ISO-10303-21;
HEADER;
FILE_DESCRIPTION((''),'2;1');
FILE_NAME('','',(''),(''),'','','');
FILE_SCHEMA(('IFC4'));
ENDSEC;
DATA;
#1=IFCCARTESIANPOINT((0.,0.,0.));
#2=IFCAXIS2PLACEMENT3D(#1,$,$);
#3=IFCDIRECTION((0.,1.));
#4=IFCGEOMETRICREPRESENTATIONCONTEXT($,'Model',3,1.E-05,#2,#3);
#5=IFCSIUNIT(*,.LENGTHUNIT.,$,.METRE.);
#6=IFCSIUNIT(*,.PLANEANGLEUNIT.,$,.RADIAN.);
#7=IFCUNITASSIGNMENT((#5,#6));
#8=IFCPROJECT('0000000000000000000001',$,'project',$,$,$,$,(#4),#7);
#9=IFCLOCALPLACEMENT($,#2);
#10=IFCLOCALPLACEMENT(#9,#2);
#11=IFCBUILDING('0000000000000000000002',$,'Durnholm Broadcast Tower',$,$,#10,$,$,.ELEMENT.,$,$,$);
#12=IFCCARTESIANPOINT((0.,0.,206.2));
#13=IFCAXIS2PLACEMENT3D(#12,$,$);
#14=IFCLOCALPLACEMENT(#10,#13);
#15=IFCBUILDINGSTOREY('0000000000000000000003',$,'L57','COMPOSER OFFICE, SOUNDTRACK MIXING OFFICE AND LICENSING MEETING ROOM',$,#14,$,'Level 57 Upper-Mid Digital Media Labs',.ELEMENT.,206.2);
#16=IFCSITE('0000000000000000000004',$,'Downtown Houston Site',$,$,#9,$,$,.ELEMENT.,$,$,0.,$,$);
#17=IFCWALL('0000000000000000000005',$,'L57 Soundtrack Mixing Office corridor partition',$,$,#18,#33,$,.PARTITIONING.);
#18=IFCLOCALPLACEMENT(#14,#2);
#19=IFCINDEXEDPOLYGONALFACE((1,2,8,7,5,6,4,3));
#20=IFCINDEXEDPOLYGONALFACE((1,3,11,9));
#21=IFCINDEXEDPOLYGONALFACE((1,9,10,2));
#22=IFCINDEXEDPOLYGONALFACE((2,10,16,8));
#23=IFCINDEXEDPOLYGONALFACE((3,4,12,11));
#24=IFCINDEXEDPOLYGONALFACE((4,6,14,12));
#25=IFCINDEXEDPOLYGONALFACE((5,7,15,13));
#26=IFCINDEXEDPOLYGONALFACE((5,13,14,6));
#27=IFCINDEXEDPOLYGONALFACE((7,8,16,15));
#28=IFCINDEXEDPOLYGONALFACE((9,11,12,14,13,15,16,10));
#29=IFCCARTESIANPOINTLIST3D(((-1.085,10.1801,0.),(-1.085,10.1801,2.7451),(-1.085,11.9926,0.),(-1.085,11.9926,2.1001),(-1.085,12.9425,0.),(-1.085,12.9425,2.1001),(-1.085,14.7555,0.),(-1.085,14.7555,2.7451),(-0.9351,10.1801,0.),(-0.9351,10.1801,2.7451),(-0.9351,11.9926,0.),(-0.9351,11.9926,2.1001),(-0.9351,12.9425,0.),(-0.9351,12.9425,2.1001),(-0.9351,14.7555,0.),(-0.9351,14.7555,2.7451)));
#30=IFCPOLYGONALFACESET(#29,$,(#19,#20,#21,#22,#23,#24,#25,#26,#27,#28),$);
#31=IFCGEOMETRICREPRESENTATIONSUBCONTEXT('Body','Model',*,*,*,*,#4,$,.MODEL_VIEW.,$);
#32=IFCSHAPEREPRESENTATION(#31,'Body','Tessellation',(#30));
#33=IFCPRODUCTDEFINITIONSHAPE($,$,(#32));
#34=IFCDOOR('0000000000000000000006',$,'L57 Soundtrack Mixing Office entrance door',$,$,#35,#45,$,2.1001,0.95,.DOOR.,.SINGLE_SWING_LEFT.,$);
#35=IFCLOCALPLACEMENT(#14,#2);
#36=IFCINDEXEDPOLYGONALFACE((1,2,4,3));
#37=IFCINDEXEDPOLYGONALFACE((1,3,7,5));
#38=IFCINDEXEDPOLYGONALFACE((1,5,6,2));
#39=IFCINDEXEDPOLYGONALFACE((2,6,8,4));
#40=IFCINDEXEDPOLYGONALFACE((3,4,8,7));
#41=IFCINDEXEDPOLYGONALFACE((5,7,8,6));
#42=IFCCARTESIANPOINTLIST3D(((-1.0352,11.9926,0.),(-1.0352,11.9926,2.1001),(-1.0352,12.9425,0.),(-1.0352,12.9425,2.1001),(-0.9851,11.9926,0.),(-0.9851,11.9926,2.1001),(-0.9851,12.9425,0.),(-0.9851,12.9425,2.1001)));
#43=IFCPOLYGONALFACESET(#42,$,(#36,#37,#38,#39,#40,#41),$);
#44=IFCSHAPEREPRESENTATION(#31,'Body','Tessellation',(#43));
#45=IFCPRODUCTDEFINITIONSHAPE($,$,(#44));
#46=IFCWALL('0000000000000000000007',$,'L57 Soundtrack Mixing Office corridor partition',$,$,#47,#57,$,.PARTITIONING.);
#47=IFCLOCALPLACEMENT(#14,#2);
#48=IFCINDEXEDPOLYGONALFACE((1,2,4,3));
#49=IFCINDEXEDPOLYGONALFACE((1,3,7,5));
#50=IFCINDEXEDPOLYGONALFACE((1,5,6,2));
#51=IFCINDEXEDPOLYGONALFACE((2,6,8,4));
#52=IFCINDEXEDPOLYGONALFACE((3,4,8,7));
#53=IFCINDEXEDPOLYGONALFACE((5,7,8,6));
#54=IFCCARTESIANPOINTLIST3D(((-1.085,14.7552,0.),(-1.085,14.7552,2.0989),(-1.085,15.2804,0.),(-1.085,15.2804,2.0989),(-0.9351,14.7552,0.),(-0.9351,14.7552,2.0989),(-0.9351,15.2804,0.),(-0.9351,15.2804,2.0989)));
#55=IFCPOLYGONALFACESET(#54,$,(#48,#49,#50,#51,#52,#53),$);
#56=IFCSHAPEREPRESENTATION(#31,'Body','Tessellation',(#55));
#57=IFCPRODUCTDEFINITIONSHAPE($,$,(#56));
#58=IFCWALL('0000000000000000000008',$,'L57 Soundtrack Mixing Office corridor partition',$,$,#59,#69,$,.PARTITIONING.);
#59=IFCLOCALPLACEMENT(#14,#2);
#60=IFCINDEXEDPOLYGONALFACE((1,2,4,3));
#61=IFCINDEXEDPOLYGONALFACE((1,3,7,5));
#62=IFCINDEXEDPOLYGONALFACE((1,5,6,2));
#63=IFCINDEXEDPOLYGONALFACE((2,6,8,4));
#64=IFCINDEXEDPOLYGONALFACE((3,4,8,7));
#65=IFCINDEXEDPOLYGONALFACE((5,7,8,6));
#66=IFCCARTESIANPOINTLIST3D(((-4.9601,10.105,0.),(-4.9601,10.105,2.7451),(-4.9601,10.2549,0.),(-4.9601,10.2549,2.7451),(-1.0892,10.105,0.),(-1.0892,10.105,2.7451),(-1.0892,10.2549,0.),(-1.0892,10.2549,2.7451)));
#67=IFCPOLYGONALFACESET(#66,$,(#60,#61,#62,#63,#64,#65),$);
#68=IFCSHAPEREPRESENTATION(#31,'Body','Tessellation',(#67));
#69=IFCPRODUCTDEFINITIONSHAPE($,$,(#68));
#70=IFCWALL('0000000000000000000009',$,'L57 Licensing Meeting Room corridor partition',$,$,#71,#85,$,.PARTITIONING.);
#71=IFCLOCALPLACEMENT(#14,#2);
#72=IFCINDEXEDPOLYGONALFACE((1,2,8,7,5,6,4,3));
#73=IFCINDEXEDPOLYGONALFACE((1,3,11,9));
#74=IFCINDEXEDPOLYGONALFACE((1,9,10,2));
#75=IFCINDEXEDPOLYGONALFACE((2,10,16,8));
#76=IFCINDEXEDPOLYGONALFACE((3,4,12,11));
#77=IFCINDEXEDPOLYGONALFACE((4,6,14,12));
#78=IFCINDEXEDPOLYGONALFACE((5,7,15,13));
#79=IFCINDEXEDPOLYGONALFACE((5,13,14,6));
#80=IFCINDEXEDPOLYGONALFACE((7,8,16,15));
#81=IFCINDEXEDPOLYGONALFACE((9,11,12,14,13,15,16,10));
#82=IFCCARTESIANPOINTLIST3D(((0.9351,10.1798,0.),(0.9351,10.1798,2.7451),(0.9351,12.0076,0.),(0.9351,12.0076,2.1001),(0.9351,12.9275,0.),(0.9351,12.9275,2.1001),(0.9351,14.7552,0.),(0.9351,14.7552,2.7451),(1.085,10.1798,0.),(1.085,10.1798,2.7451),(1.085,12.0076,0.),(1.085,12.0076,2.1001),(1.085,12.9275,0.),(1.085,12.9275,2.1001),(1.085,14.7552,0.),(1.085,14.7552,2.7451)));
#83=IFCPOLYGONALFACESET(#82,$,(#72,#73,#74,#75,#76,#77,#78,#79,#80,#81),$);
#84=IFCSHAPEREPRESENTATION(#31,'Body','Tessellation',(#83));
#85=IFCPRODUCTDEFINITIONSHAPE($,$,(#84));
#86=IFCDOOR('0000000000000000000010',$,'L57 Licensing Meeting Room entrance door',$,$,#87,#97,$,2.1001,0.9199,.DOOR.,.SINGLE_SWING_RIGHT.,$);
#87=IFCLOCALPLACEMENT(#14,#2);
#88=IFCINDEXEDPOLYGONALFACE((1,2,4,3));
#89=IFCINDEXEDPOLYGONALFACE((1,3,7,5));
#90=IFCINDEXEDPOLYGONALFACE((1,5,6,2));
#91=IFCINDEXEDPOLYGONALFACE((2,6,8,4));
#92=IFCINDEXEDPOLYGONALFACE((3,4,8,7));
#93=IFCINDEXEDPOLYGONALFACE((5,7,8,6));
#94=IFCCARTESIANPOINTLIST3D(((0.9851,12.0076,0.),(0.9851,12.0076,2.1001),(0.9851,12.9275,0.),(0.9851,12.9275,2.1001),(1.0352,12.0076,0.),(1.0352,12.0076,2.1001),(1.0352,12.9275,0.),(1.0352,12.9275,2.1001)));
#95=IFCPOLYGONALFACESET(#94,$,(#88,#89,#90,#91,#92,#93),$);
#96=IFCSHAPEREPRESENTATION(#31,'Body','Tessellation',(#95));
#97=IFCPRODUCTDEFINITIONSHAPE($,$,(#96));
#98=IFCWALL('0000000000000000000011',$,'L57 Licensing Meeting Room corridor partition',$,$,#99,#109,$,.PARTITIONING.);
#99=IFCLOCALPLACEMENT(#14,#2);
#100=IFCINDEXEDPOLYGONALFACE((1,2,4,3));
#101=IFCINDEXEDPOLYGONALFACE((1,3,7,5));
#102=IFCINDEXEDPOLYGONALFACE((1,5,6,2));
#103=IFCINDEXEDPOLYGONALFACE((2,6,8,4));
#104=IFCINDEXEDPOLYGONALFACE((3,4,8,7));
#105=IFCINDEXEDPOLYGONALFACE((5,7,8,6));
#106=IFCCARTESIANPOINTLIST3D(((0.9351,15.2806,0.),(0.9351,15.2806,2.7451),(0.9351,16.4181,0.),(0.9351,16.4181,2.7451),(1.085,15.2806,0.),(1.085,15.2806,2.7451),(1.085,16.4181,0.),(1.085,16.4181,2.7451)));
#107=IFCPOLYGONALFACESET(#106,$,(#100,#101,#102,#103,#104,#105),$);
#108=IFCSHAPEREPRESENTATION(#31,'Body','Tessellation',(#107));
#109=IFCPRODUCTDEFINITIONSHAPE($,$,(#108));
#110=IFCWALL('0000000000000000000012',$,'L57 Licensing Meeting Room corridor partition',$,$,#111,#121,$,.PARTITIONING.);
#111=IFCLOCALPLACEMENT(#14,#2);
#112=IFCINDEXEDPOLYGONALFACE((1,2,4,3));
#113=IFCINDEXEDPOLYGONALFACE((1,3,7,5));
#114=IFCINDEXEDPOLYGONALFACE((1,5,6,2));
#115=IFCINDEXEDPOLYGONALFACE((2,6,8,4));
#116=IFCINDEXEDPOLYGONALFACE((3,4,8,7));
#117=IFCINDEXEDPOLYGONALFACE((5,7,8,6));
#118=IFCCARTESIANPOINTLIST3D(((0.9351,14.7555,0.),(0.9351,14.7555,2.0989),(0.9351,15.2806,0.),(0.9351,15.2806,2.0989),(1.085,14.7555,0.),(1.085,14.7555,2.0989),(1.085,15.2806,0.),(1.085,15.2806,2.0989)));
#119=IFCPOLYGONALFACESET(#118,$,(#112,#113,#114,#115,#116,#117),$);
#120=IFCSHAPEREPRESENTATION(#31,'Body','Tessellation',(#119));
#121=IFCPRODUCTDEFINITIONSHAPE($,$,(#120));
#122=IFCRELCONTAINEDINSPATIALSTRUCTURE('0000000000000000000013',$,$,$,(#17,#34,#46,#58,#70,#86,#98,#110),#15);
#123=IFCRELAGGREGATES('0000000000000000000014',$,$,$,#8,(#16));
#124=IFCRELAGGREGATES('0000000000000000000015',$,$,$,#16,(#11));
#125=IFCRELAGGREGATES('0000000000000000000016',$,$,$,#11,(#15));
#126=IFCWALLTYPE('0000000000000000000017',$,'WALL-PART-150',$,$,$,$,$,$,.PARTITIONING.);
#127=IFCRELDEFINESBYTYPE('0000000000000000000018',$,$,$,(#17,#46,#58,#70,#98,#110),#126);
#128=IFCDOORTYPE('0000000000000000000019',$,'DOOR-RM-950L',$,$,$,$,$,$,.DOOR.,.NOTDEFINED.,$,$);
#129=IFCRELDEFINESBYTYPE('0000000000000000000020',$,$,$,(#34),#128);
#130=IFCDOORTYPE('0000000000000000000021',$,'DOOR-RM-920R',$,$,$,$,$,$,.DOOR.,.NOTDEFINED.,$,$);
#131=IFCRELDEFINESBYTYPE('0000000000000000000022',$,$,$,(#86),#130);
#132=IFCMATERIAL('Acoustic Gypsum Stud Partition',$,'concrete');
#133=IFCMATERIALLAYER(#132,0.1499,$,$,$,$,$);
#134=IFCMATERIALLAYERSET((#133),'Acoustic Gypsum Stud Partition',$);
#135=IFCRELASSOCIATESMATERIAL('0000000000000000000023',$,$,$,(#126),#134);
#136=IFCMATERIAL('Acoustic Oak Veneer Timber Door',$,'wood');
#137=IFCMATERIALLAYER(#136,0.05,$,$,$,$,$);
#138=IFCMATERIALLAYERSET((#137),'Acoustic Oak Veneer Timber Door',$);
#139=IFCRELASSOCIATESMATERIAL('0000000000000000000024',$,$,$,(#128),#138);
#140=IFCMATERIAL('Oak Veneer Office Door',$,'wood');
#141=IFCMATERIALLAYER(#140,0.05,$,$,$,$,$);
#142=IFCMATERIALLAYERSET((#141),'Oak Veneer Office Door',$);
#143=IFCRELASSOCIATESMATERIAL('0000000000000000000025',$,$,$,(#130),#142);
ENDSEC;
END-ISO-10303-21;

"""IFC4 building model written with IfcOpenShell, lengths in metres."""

from ifc_helpers import new_model, si_unit, direction, frame, frame_2d, origin, place, context, subcontext, project, spatial, rectangle, extrude, source, transform, mapped, material, layer, layer_set, type_object, type_shapes, element, fill, save


model = new_model("IFC4")

# Units and contexts
model_context = context("Model", 3, precision=1e-05, world=origin(), true_north=direction((0.0, 1.0)))
body_context = subcontext(model_context, "Body", "Model", "MODEL_VIEW")
ifc_project = project(units=[si_unit("LENGTHUNIT", "METRE"), si_unit("PLANEANGLEUNIT", "RADIAN")], contexts=[model_context])

# Site, building, storey
site_placement = place(None, origin())
site = spatial("IfcSite", under=ifc_project, at=site_placement, Name="Downtown Houston Site", CompositionType="ELEMENT", RefElevation=0.0)
building_placement = place(site_placement, origin())
building = spatial("IfcBuilding", under=site, at=building_placement, Name="Durnholm Broadcast Tower", CompositionType="ELEMENT")
storey_placement = place(building_placement, frame((0.0, 0.0, 206.2)))
storey = spatial("IfcBuildingStorey", under=building, at=storey_placement, Name="L57", Description="COMPOSER OFFICE, SOUNDTRACK MIXING OFFICE AND LICENSING MEETING ROOM", LongName="Level 57 Upper-Mid Digital Media Labs", CompositionType="ELEMENT", Elevation=206.2)

# Shared definitions
ifc_material_1 = material(Name="Acoustic Gypsum Stud Partition", Category="concrete")
ifc_layer_1 = layer(ifc_material_1, 0.1499)
ifc_layer_set_1 = layer_set([ifc_layer_1], Name="Acoustic Gypsum Stud Partition")
wall_type_1 = type_object("IfcWallType", Name="WALL-PART-150", PredefinedType="PARTITIONING", material=ifc_layer_set_1)

# Wall, opening, door
wall_1_placement = place(storey_placement, frame((-1.01, 14.7554, 0.0), z_axis=(0.0, 0.0, 1.0), x_axis=(0.0, -1.0, 0.0)))
wall_1 = element("IfcWall", 1, at=wall_1_placement, inside=storey, type_object=wall_type_1, Name="L57 Soundtrack Mixing Office corridor partition", PredefinedType="PARTITIONING", context=body_context, shape_type="SweptSolid", body=[
    extrude(rectangle(XDim=4.5754, YDim=0.1499, at=frame_2d((2.2876, 0.0))), origin(), (0.0, 0.0, 1.0), 2.7451),
])
opening_1_placement = place(wall_1_placement, frame((1.8127, 0.0, 0.0)))
opening_1 = element("IfcOpeningElement", 2, at=opening_1_placement, cuts=wall_1, PredefinedType="OPENING", context=body_context, shape_type="SweptSolid", body=[
    extrude(rectangle(XDim=0.95, YDim=2.1001, at=frame_2d((0.4751, 1.05))), frame((0.0, 0.085, 0.0), z_axis=(0.0, -1.0, 0.0), x_axis=(1.0, 0.0, 0.0)), (0.0, 0.0, 1.0), 0.1699),
])
ifc_material_2 = material(Name="Acoustic Oak Veneer Timber Door", Category="wood")
ifc_layer_2 = layer(ifc_material_2, 0.05)
ifc_layer_set_2 = layer_set([ifc_layer_2], Name="Acoustic Oak Veneer Timber Door")
door_type_1 = type_object("IfcDoorType", Name="DOOR-RM-950L", OperationType="NOTDEFINED", PredefinedType="DOOR", material=ifc_layer_set_2)
shared_shape_1 = source(origin(), body_context, "Body", "SweptSolid", [
    extrude(rectangle(XDim=0.95, YDim=2.1001, at=frame_2d((0.4751, 1.05))), frame((0.0, 0.0249, 0.0), z_axis=(0.0, -1.0, 0.0), x_axis=(1.0, 0.0, 0.0)), (0.0, 0.0, 1.0), 0.05),
])
type_shapes(door_type_1, [shared_shape_1])
door_1_placement = place(opening_1_placement, origin())
door_1 = element("IfcDoor", 3, at=door_1_placement, inside=storey, type_object=door_type_1, Name="L57 Soundtrack Mixing Office entrance door", OperationType="SINGLE_SWING_LEFT", OverallHeight=2.1001, OverallWidth=0.95, PredefinedType="DOOR", context=body_context, shape_type="MappedRepresentation", body=[
    mapped(shared_shape_1, transform((0.0, 0.0, 0.0), x_axis=(1.0, 0.0, 0.0), y_axis=(0.0, 1.0, 0.0), z_axis=(0.0, 0.0, 1.0), scale=1.0)),
])
fill(opening_1, door_1)

# Walls
wall_2_placement = place(storey_placement, frame((-1.01, 15.2805, 0.0), z_axis=(0.0, 0.0, 1.0), x_axis=(0.0, -1.0, 0.0)))
element("IfcWall", 4, at=wall_2_placement, inside=storey, type_object=wall_type_1, Name="L57 Soundtrack Mixing Office corridor partition", PredefinedType="PARTITIONING", context=body_context, shape_type="SweptSolid", body=[
    extrude(rectangle(XDim=0.5251, YDim=0.1499, at=frame_2d((0.2627, 0.0))), origin(), (0.0, 0.0, 1.0), 2.0989),
])
wall_3_placement = place(storey_placement, frame((-1.0891, 10.1799, 0.0), z_axis=(0.0, 0.0, 1.0), x_axis=(-1.0, 0.0, 0.0)))
element("IfcWall", 5, at=wall_3_placement, inside=storey, type_object=wall_type_1, Name="L57 Soundtrack Mixing Office corridor partition", PredefinedType="PARTITIONING", context=body_context, shape_type="SweptSolid", body=[
    extrude(rectangle(XDim=3.8708, YDim=0.1499, at=frame_2d((1.9355, 0.0))), origin(), (0.0, 0.0, 1.0), 2.7451),
])

# Wall, opening, door
wall_4_placement = place(storey_placement, frame((1.01, 10.1799, 0.0), z_axis=(0.0, 0.0, 1.0), x_axis=(0.0, 1.0, 0.0)))
wall_4 = element("IfcWall", 6, at=wall_4_placement, inside=storey, type_object=wall_type_1, Name="L57 Licensing Meeting Room corridor partition", PredefinedType="PARTITIONING", context=body_context, shape_type="SweptSolid", body=[
    extrude(rectangle(XDim=4.5754, YDim=0.1499, at=frame_2d((2.2876, 0.0))), origin(), (0.0, 0.0, 1.0), 2.7451),
])
opening_2_placement = place(wall_4_placement, frame((1.8276, 0.0, 0.0)))
opening_2 = element("IfcOpeningElement", 7, at=opening_2_placement, cuts=wall_4, PredefinedType="OPENING", context=body_context, shape_type="SweptSolid", body=[
    extrude(rectangle(XDim=0.9199, YDim=2.1001, at=frame_2d((0.46, 1.05))), frame((0.0, 0.085, 0.0), z_axis=(0.0, -1.0, 0.0), x_axis=(1.0, 0.0, 0.0)), (0.0, 0.0, 1.0), 0.1699),
])
ifc_material_3 = material(Name="Oak Veneer Office Door", Category="wood")
ifc_layer_3 = layer(ifc_material_3, 0.05)
ifc_layer_set_3 = layer_set([ifc_layer_3], Name="Oak Veneer Office Door")
door_type_2 = type_object("IfcDoorType", Name="DOOR-RM-920R", OperationType="NOTDEFINED", PredefinedType="DOOR", material=ifc_layer_set_3)
shared_shape_2 = source(origin(), body_context, "Body", "SweptSolid", [
    extrude(rectangle(XDim=0.9199, YDim=2.1001, at=frame_2d((0.46, 1.05))), frame((0.0, 0.0249, 0.0), z_axis=(0.0, -1.0, 0.0), x_axis=(1.0, 0.0, 0.0)), (0.0, 0.0, 1.0), 0.05),
])
type_shapes(door_type_2, [shared_shape_2])
door_2_placement = place(opening_2_placement, origin())
door_2 = element("IfcDoor", 8, at=door_2_placement, inside=storey, type_object=door_type_2, Name="L57 Licensing Meeting Room entrance door", OperationType="SINGLE_SWING_RIGHT", OverallHeight=2.1001, OverallWidth=0.9199, PredefinedType="DOOR", context=body_context, shape_type="MappedRepresentation", body=[
    mapped(shared_shape_2, transform((0.0, 0.0, 0.0), x_axis=(1.0, 0.0, 0.0), y_axis=(0.0, 1.0, 0.0), z_axis=(0.0, 0.0, 1.0), scale=1.0)),
])
fill(opening_2, door_2)

# Walls
wall_5_placement = place(storey_placement, frame((1.01, 15.2805, 0.0), z_axis=(0.0, 0.0, 1.0), x_axis=(0.0, 1.0, 0.0)))
element("IfcWall", 9, at=wall_5_placement, inside=storey, type_object=wall_type_1, Name="L57 Licensing Meeting Room corridor partition", PredefinedType="PARTITIONING", context=body_context, shape_type="SweptSolid", body=[
    extrude(rectangle(XDim=1.1375, YDim=0.1499, at=frame_2d((0.5688, 0.0))), origin(), (0.0, 0.0, 1.0), 2.7451),
])
wall_6_placement = place(storey_placement, frame((1.01, 14.7554, 0.0), z_axis=(0.0, 0.0, 1.0), x_axis=(0.0, 1.0, 0.0)))
element("IfcWall", 10, at=wall_6_placement, inside=storey, type_object=wall_type_1, Name="L57 Licensing Meeting Room corridor partition", PredefinedType="PARTITIONING", context=body_context, shape_type="SweptSolid", body=[
    extrude(rectangle(XDim=0.5251, YDim=0.1499, at=frame_2d((0.2627, 0.0))), origin(), (0.0, 0.0, 1.0), 2.0989),
])

save(model, "model.ifc")
